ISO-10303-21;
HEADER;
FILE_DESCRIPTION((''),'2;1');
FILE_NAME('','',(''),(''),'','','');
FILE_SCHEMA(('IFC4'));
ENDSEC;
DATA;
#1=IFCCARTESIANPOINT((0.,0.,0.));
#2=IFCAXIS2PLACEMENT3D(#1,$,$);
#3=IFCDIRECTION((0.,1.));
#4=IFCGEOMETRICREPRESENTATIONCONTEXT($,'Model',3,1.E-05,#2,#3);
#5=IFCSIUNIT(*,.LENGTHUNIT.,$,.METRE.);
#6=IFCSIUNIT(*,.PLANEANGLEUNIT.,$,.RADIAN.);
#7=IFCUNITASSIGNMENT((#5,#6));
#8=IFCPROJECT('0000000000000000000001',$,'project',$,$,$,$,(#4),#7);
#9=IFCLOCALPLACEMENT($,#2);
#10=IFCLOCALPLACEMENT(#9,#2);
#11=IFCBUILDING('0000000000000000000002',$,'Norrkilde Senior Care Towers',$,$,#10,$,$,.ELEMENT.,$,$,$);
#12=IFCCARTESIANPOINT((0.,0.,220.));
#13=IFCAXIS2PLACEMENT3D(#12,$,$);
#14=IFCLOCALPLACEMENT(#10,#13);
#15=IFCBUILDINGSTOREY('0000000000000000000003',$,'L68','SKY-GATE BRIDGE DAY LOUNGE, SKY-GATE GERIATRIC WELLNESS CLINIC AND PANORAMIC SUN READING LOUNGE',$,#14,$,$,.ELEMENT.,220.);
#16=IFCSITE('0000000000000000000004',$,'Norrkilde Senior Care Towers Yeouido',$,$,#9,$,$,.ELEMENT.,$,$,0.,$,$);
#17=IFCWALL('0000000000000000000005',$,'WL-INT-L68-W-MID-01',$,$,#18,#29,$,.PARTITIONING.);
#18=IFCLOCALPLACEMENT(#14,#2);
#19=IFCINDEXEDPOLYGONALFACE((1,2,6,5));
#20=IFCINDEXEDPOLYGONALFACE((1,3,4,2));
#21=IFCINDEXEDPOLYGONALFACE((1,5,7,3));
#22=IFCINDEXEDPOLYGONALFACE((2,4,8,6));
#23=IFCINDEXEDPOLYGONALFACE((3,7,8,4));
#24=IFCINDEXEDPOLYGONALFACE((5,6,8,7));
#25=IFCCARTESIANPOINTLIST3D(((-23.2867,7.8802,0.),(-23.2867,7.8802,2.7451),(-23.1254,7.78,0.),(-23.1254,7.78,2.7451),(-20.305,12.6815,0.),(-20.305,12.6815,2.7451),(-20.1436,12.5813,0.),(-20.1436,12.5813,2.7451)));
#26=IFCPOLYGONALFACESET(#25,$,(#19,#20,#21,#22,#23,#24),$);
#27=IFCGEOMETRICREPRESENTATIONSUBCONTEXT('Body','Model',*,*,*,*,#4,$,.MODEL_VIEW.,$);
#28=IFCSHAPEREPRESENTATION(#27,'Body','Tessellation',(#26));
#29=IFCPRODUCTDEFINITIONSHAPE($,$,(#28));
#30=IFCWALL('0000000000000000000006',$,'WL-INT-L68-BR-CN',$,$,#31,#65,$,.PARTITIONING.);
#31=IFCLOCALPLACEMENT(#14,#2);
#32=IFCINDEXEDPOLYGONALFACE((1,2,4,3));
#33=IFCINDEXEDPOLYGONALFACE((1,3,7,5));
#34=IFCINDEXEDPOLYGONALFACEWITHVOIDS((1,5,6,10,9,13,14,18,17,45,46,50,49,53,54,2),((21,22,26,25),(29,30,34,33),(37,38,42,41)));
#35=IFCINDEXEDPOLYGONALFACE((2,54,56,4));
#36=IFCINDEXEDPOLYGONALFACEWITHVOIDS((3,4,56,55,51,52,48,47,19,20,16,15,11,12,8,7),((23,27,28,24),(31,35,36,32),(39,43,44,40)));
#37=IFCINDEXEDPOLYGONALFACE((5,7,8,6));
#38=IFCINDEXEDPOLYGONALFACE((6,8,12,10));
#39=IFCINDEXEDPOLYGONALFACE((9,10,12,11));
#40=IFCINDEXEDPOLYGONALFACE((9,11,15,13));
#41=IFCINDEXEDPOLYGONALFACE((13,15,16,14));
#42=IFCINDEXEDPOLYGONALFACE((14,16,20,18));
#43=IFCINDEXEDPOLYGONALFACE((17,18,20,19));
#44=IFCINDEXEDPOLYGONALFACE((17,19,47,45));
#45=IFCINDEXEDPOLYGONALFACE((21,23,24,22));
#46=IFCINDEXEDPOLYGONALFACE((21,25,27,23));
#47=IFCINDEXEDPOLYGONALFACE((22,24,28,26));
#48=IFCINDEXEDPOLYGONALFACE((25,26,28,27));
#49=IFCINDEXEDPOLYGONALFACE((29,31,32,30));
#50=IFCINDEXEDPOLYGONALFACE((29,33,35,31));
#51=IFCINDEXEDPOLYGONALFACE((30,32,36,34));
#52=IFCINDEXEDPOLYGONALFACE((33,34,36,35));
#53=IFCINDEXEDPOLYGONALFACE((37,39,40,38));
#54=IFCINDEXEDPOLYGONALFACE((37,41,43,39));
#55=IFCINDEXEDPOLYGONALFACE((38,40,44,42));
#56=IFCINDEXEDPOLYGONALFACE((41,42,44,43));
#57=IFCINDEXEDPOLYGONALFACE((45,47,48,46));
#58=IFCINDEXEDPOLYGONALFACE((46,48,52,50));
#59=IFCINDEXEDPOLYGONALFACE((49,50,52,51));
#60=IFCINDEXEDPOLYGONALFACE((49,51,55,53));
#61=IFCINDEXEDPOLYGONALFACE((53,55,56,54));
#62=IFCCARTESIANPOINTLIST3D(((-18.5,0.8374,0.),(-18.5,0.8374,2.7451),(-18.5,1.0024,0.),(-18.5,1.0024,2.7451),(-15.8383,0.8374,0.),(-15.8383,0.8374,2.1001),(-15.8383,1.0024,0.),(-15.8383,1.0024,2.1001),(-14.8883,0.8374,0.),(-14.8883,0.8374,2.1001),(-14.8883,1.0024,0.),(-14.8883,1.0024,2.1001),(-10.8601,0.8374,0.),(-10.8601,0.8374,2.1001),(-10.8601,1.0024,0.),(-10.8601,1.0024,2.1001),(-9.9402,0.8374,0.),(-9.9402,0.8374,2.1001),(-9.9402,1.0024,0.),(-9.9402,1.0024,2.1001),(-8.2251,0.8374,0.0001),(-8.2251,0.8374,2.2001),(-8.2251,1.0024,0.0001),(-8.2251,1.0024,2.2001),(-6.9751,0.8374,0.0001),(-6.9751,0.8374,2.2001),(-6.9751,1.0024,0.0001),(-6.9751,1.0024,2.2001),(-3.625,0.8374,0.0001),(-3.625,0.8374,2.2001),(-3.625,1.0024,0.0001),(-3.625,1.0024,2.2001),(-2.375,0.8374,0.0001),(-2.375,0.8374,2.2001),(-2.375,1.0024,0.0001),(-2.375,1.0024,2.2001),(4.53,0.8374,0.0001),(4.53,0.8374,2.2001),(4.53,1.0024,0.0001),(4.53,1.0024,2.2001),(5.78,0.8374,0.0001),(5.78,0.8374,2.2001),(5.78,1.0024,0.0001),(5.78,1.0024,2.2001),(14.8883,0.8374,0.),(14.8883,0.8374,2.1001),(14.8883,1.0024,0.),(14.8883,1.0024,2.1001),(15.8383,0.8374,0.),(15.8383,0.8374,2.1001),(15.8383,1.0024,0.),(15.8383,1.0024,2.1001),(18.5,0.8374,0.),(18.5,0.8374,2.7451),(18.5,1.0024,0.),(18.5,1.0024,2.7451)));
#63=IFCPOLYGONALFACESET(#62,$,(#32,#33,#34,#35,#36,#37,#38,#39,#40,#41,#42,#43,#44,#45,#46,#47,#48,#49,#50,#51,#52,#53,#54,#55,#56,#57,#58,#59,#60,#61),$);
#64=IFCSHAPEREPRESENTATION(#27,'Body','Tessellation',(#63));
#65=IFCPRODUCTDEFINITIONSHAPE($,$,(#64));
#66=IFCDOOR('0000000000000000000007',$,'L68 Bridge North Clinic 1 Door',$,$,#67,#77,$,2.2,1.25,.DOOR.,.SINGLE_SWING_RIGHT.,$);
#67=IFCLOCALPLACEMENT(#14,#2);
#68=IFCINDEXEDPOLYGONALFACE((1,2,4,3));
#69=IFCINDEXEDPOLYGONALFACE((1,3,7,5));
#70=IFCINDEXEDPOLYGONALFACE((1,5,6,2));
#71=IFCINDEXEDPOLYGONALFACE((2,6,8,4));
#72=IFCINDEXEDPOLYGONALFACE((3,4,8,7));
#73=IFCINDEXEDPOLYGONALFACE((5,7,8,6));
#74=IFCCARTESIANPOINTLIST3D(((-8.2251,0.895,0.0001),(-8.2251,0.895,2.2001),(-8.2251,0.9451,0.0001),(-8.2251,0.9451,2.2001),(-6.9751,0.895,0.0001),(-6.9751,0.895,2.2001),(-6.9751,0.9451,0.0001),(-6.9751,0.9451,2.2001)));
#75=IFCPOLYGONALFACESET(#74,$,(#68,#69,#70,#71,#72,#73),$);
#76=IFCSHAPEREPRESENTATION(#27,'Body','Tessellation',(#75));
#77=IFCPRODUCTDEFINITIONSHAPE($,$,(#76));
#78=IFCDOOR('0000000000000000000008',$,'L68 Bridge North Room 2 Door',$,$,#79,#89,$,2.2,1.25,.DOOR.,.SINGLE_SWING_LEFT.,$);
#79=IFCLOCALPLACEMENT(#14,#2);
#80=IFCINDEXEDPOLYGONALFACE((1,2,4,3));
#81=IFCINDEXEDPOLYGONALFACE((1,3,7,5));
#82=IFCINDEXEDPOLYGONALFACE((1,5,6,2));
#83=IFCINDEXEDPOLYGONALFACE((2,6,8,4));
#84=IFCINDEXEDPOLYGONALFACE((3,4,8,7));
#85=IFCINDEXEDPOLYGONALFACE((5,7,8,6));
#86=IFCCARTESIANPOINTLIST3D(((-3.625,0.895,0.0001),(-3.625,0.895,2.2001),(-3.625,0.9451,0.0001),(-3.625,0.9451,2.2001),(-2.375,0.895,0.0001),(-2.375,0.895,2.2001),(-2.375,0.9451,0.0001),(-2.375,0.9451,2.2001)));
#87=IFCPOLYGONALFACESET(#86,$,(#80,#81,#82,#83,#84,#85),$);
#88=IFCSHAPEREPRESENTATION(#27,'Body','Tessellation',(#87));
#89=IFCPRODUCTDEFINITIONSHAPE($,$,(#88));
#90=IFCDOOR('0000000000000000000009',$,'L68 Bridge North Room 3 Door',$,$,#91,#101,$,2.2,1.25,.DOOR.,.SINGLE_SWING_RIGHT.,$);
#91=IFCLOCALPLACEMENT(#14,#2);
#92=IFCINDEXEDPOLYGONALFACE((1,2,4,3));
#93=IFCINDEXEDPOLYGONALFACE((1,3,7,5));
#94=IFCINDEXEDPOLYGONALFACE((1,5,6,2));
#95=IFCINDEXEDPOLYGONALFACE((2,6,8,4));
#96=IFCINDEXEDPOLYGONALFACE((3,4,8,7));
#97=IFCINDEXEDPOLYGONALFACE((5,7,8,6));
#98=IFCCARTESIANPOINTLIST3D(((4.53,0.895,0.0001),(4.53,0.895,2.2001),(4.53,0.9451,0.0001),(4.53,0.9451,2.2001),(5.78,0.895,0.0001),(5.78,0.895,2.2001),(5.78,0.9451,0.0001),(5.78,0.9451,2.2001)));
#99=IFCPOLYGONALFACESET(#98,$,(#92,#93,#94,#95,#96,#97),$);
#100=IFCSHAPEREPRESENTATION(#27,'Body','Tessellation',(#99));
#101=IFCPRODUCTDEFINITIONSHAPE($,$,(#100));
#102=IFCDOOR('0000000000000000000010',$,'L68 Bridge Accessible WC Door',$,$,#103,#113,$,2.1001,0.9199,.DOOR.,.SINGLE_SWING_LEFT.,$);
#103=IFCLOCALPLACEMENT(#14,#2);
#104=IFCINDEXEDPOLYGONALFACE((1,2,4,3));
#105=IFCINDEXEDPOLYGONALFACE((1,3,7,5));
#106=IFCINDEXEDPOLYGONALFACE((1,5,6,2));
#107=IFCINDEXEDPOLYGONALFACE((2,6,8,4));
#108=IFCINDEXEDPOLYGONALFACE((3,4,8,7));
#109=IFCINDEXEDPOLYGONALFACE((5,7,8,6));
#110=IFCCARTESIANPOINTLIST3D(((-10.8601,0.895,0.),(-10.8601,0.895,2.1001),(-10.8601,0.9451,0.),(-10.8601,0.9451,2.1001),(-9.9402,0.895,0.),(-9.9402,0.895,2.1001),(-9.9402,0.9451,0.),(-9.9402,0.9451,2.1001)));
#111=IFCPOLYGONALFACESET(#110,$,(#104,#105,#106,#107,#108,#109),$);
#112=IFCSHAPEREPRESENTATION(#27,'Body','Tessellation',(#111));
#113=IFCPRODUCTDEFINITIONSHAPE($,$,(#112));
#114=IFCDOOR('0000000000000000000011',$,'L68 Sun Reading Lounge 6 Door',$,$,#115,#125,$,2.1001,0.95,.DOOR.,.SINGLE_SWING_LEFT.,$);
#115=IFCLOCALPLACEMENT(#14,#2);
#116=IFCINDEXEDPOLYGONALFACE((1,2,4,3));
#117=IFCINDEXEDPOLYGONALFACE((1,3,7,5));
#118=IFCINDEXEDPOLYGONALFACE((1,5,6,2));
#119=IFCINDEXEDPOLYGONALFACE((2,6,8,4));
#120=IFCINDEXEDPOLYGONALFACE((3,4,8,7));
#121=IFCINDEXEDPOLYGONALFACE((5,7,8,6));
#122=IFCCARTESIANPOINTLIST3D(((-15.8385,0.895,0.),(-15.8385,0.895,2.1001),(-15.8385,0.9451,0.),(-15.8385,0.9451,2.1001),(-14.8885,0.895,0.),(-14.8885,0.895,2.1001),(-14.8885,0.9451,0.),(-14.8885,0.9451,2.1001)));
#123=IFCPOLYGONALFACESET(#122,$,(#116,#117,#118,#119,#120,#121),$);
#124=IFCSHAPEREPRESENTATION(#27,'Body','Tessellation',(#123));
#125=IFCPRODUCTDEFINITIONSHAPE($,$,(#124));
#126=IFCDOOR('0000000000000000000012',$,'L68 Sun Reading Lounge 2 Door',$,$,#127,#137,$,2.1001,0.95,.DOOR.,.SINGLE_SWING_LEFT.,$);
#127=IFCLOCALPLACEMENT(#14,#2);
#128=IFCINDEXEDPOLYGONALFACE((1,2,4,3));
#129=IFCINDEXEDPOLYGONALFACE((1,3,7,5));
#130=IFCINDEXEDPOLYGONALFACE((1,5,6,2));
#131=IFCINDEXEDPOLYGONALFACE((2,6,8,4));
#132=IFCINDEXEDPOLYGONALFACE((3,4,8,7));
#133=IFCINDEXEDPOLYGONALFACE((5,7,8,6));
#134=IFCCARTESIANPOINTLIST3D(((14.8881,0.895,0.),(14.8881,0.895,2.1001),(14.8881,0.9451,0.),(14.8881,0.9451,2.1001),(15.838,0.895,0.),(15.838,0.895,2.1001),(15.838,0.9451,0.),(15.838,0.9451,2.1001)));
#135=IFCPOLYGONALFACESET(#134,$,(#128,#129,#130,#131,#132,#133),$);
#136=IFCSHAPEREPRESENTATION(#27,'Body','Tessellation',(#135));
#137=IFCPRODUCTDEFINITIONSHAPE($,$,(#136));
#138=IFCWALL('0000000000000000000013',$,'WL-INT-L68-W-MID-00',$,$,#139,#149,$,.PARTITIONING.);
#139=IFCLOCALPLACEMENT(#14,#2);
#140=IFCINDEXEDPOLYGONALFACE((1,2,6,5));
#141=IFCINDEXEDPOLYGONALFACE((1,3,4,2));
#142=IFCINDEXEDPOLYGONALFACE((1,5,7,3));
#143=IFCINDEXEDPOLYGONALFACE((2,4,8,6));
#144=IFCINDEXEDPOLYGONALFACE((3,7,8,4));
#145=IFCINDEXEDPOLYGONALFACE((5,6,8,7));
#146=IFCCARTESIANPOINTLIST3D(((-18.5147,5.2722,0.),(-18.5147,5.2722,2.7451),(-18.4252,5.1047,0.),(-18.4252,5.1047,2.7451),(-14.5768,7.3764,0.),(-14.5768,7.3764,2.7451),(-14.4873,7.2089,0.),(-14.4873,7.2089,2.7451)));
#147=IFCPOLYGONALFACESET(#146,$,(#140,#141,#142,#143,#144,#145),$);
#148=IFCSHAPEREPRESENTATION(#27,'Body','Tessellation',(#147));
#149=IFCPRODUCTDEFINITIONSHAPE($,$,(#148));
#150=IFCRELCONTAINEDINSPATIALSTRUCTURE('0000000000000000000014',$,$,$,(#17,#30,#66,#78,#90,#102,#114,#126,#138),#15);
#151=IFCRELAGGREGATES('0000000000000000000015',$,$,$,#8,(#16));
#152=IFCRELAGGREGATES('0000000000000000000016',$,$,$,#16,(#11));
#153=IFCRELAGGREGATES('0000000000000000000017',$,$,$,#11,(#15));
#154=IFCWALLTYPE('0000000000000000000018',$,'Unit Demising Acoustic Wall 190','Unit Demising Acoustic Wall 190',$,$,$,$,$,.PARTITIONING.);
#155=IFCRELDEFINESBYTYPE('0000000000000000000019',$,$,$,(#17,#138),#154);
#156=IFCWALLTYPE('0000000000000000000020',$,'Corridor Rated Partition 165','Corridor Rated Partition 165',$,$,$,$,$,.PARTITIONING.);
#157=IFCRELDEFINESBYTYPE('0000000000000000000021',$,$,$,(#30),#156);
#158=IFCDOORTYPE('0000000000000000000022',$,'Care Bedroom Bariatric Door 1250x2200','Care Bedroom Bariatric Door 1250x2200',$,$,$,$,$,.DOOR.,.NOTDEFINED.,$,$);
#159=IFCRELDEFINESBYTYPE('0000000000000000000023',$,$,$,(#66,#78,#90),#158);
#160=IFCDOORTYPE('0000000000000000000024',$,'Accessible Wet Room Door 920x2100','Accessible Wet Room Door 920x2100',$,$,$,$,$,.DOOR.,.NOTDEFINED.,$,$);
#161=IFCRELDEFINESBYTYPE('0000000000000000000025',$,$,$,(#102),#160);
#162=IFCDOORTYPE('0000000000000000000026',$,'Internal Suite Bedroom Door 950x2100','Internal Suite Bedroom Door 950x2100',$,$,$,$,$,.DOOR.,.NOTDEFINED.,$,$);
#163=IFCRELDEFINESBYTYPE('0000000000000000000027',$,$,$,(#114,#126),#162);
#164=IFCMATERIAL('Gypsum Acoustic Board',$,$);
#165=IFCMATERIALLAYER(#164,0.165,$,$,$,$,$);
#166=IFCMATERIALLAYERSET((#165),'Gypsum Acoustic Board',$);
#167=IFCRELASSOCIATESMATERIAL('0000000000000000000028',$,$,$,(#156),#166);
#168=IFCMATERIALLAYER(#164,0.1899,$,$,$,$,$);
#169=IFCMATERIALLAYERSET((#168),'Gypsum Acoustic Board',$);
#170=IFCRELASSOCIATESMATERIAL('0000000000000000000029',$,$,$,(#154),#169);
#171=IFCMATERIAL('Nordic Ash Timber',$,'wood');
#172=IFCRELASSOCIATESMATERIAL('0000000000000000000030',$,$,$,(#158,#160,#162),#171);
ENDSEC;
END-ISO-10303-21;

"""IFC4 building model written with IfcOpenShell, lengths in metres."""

from ifc_helpers import new_model, si_unit, direction, frame, frame_2d, origin, place, context, subcontext, project, spatial, rectangle, extrude, source, transform, mapped, material, layer, layer_set, type_object, type_shapes, element, fill, save


model = new_model("IFC4")

# Units and contexts
model_context = context("Model", 3, precision=1e-05, world=origin(), true_north=direction((0.0, 1.0)))
body_context = subcontext(model_context, "Body", "Model", "MODEL_VIEW")
ifc_project = project(units=[si_unit("LENGTHUNIT", "METRE"), si_unit("PLANEANGLEUNIT", "RADIAN")], contexts=[model_context])

# Site, building, storey
site_placement = place(None, origin())
site = spatial("IfcSite", under=ifc_project, at=site_placement, Name="Norrkilde Senior Care Towers Yeouido", CompositionType="ELEMENT", RefElevation=0.0)
building_placement = place(site_placement, origin())
building = spatial("IfcBuilding", under=site, at=building_placement, Name="Norrkilde Senior Care Towers", CompositionType="ELEMENT")
storey_placement = place(building_placement, frame((0.0, 0.0, 220.0)))
storey = spatial("IfcBuildingStorey", under=building, at=storey_placement, Name="L68", Description="SKY-GATE BRIDGE DAY LOUNGE, SKY-GATE GERIATRIC WELLNESS CLINIC AND PANORAMIC SUN READING LOUNGE", CompositionType="ELEMENT", Elevation=220.0)

# Shared definitions
ifc_material_1 = material(Name="Gypsum Acoustic Board")
ifc_layer_1 = layer(ifc_material_1, 0.165)
ifc_layer_set_1 = layer_set([ifc_layer_1], Name="Gypsum Acoustic Board")
wall_type_1 = type_object("IfcWallType", Name="Corridor Rated Partition 165", Description="Corridor Rated Partition 165", PredefinedType="PARTITIONING", material=ifc_layer_set_1)
ifc_material_2 = material(Name="Nordic Ash Timber", Category="wood")

# Wall
ifc_layer_2 = layer(ifc_material_1, 0.1899)
ifc_layer_set_2 = layer_set([ifc_layer_2], Name="Gypsum Acoustic Board")
wall_type_2 = type_object("IfcWallType", Name="Unit Demising Acoustic Wall 190", Description="Unit Demising Acoustic Wall 190", PredefinedType="PARTITIONING", material=ifc_layer_set_2)
shared_shape_1 = source(origin(), body_context, "Body", "SweptSolid", [
    extrude(rectangle(XDim=5.6519, YDim=0.1899, at=frame_2d((2.8259, 0.0))), origin(), (0.0, 0.0, 1.0), 2.7451),
])
wall_1_placement = place(storey_placement, frame((-23.2061, 7.8301, 0.0), z_axis=(0.0, 0.0, 1.0), x_axis=(0.527566, 0.849514, 0.0)))
element("IfcWall", 1, at=wall_1_placement, inside=storey, type_object=wall_type_2, Name="WL-INT-L68-W-MID-01", PredefinedType="PARTITIONING", context=body_context, shape_type="MappedRepresentation", body=[
    mapped(shared_shape_1, transform((0.0, 0.0, 0.0), x_axis=(1.0, 0.0, 0.0), y_axis=(0.0, 1.0, 0.0), z_axis=(0.0, 0.0, 1.0), scale=1.0)),
])

# Wall, openings, doors
shared_shape_2 = source(origin(), body_context, "Body", "SweptSolid", [
    extrude(rectangle(XDim=37.0, YDim=0.165, at=frame_2d((18.5, 0.0))), origin(), (0.0, 0.0, 1.0), 2.7451),
])
wall_2_placement = place(storey_placement, frame((-18.5, 0.9199, 0.0), z_axis=(0.0, 0.0, 1.0), x_axis=(1.0, 0.0, 0.0)))
wall_2 = element("IfcWall", 2, at=wall_2_placement, inside=storey, type_object=wall_type_1, Name="WL-INT-L68-BR-CN", PredefinedType="PARTITIONING", context=body_context, shape_type="MappedRepresentation", body=[
    mapped(shared_shape_2, transform((0.0, 0.0, 0.0), x_axis=(1.0, 0.0, 0.0), y_axis=(0.0, 1.0, 0.0), z_axis=(0.0, 0.0, 1.0), scale=1.0)),
])
opening_1_placement = place(wall_2_placement, frame((2.6616, 0.0, 0.0)))
opening_1 = element("IfcOpeningElement", 3, at=opening_1_placement, cuts=wall_2, PredefinedType="OPENING", context=body_context, shape_type="SweptSolid", body=[
    extrude(rectangle(XDim=0.95, YDim=2.1001, at=frame_2d((0.4751, 1.05))), frame((0.0, 0.0925, 0.0), z_axis=(0.0, -1.0, 0.0), x_axis=(1.0, 0.0, 0.0)), (0.0, 0.0, 1.0), 0.1851),
])
opening_2_placement = place(wall_2_placement, frame((33.3882, 0.0, 0.0)))
opening_2 = element("IfcOpeningElement", 4, at=opening_2_placement, cuts=wall_2, PredefinedType="OPENING", context=body_context, shape_type="SweptSolid", body=[
    extrude(rectangle(XDim=0.95, YDim=2.1001, at=frame_2d((0.4751, 1.05))), frame((0.0, 0.0925, 0.0), z_axis=(0.0, -1.0, 0.0), x_axis=(1.0, 0.0, 0.0)), (0.0, 0.0, 1.0), 0.1851),
])
opening_3_placement = place(wall_2_placement, frame((7.6399, 0.0, 0.0)))
opening_3 = element("IfcOpeningElement", 5, at=opening_3_placement, cuts=wall_2, PredefinedType="OPENING", context=body_context, shape_type="SweptSolid", body=[
    extrude(rectangle(XDim=0.9199, YDim=2.1001, at=frame_2d((0.46, 1.05))), frame((0.0, 0.0925, 0.0), z_axis=(0.0, -1.0, 0.0), x_axis=(1.0, 0.0, 0.0)), (0.0, 0.0, 1.0), 0.1851),
])
opening_4_placement = place(wall_2_placement, frame((10.2749, 0.0, 0.0)))
opening_4 = element("IfcOpeningElement", 6, at=opening_4_placement, cuts=wall_2, PredefinedType="OPENING", context=body_context, shape_type="SweptSolid", body=[
    extrude(rectangle(XDim=1.25, YDim=2.2, at=frame_2d((0.625, 1.1001))), frame((0.0, 0.0925, 0.0), z_axis=(0.0, -1.0, 0.0), x_axis=(1.0, 0.0, 0.0)), (0.0, 0.0, 1.0), 0.1851),
])
opening_5_placement = place(wall_2_placement, frame((14.875, 0.0, 0.0)))
opening_5 = element("IfcOpeningElement", 7, at=opening_5_placement, cuts=wall_2, PredefinedType="OPENING", context=body_context, shape_type="SweptSolid", body=[
    extrude(rectangle(XDim=1.25, YDim=2.2, at=frame_2d((0.625, 1.1001))), frame((0.0, 0.0925, 0.0), z_axis=(0.0, -1.0, 0.0), x_axis=(1.0, 0.0, 0.0)), (0.0, 0.0, 1.0), 0.1851),
])
opening_6_placement = place(wall_2_placement, frame((23.03, 0.0, 0.0)))
opening_6 = element("IfcOpeningElement", 8, at=opening_6_placement, cuts=wall_2, PredefinedType="OPENING", context=body_context, shape_type="SweptSolid", body=[
    extrude(rectangle(XDim=1.25, YDim=2.2, at=frame_2d((0.625, 1.1001))), frame((0.0, 0.0925, 0.0), z_axis=(0.0, -1.0, 0.0), x_axis=(1.0, 0.0, 0.0)), (0.0, 0.0, 1.0), 0.1851),
])
door_type_1 = type_object("IfcDoorType", Name="Care Bedroom Bariatric Door 1250x2200", Description="Care Bedroom Bariatric Door 1250x2200", OperationType="NOTDEFINED", PredefinedType="DOOR", material=ifc_material_2)
shared_shape_3 = source(origin(), body_context, "Body", "SweptSolid", [
    extrude(rectangle(XDim=1.25, YDim=2.2, at=frame_2d((0.625, 1.1001))), frame((0.0, 0.0249, 0.0), z_axis=(0.0, -1.0, 0.0), x_axis=(1.0, 0.0, 0.0)), (0.0, 0.0, 1.0), 0.05),
])
type_shapes(door_type_1, [shared_shape_3])
door_1_placement = place(opening_4_placement, frame((1.25, 0.0, 0.0), z_axis=(0.0, 0.0, 1.0), x_axis=(-1.0, 0.0, 0.0)))
door_1 = element("IfcDoor", 9, at=door_1_placement, inside=storey, type_object=door_type_1, Name="L68 Bridge North Clinic 1 Door", OperationType="SINGLE_SWING_RIGHT", OverallHeight=2.2, OverallWidth=1.25, PredefinedType="DOOR", context=body_context, shape_type="MappedRepresentation", body=[
    mapped(shared_shape_3, transform((0.0, 0.0, 0.0), x_axis=(1.0, 0.0, 0.0), y_axis=(0.0, 1.0, 0.0), z_axis=(0.0, 0.0, 1.0), scale=1.0)),
])
fill(opening_4, door_1)
door_2_placement = place(opening_5_placement, frame((1.25, 0.0, 0.0), z_axis=(0.0, 0.0, 1.0), x_axis=(-1.0, 0.0, 0.0)))
door_2 = element("IfcDoor", 10, at=door_2_placement, inside=storey, type_object=door_type_1, Name="L68 Bridge North Room 2 Door", OperationType="SINGLE_SWING_LEFT", OverallHeight=2.2, OverallWidth=1.25, PredefinedType="DOOR", context=body_context, shape_type="MappedRepresentation", body=[
    mapped(shared_shape_3, transform((0.0, 0.0, 0.0), x_axis=(1.0, 0.0, 0.0), y_axis=(0.0, 1.0, 0.0), z_axis=(0.0, 0.0, 1.0), scale=1.0)),
])
fill(opening_5, door_2)
door_3_placement = place(opening_6_placement, frame((1.25, 0.0, 0.0), z_axis=(0.0, 0.0, 1.0), x_axis=(-1.0, 0.0, 0.0)))
door_3 = element("IfcDoor", 11, at=door_3_placement, inside=storey, type_object=door_type_1, Name="L68 Bridge North Room 3 Door", OperationType="SINGLE_SWING_RIGHT", OverallHeight=2.2, OverallWidth=1.25, PredefinedType="DOOR", context=body_context, shape_type="MappedRepresentation", body=[
    mapped(shared_shape_3, transform((0.0, 0.0, 0.0), x_axis=(1.0, 0.0, 0.0), y_axis=(0.0, 1.0, 0.0), z_axis=(0.0, 0.0, 1.0), scale=1.0)),
])
fill(opening_6, door_3)
door_type_2 = type_object("IfcDoorType", Name="Accessible Wet Room Door 920x2100", Description="Accessible Wet Room Door 920x2100", OperationType="NOTDEFINED", PredefinedType="DOOR", material=ifc_material_2)
shared_shape_4 = source(origin(), body_context, "Body", "SweptSolid", [
    extrude(rectangle(XDim=0.9199, YDim=2.1001, at=frame_2d((0.46, 1.05))), frame((0.0, 0.0249, 0.0), z_axis=(0.0, -1.0, 0.0), x_axis=(1.0, 0.0, 0.0)), (0.0, 0.0, 1.0), 0.05),
])
type_shapes(door_type_2, [shared_shape_4])
door_4_placement = place(opening_3_placement, frame((0.9199, 0.0, 0.0), z_axis=(0.0, 0.0, 1.0), x_axis=(-1.0, 0.0, 0.0)))
door_4 = element("IfcDoor", 12, at=door_4_placement, inside=storey, type_object=door_type_2, Name="L68 Bridge Accessible WC Door", OperationType="SINGLE_SWING_LEFT", OverallHeight=2.1001, OverallWidth=0.9199, PredefinedType="DOOR", context=body_context, shape_type="MappedRepresentation", body=[
    mapped(shared_shape_4, transform((0.0, 0.0, 0.0), x_axis=(1.0, 0.0, 0.0), y_axis=(0.0, 1.0, 0.0), z_axis=(0.0, 0.0, 1.0), scale=1.0)),
])
fill(opening_3, door_4)
door_type_3 = type_object("IfcDoorType", Name="Internal Suite Bedroom Door 950x2100", Description="Internal Suite Bedroom Door 950x2100", OperationType="NOTDEFINED", PredefinedType="DOOR", material=ifc_material_2)
shared_shape_5 = source(origin(), body_context, "Body", "SweptSolid", [
    extrude(rectangle(XDim=0.95, YDim=2.1001, at=frame_2d((0.4751, 1.05))), frame((0.0, 0.0249, 0.0), z_axis=(0.0, -1.0, 0.0), x_axis=(1.0, 0.0, 0.0)), (0.0, 0.0, 1.0), 0.05),
])
type_shapes(door_type_3, [shared_shape_5])
door_5_placement = place(opening_1_placement, frame((0.95, 0.0, 0.0), z_axis=(0.0, 0.0, 1.0), x_axis=(-1.0, 0.0, 0.0)))
door_5 = element("IfcDoor", 13, at=door_5_placement, inside=storey, type_object=door_type_3, Name="L68 Sun Reading Lounge 6 Door", OperationType="SINGLE_SWING_LEFT", OverallHeight=2.1001, OverallWidth=0.95, PredefinedType="DOOR", context=body_context, shape_type="MappedRepresentation", body=[
    mapped(shared_shape_5, transform((0.0, 0.0, 0.0), x_axis=(1.0, 0.0, 0.0), y_axis=(0.0, 1.0, 0.0), z_axis=(0.0, 0.0, 1.0), scale=1.0)),
])
fill(opening_1, door_5)
door_6_placement = place(opening_2_placement, frame((0.95, 0.0, 0.0), z_axis=(0.0, 0.0, 1.0), x_axis=(-1.0, 0.0, 0.0)))
door_6 = element("IfcDoor", 14, at=door_6_placement, inside=storey, type_object=door_type_3, Name="L68 Sun Reading Lounge 2 Door", OperationType="SINGLE_SWING_LEFT", OverallHeight=2.1001, OverallWidth=0.95, PredefinedType="DOOR", context=body_context, shape_type="MappedRepresentation", body=[
    mapped(shared_shape_5, transform((0.0, 0.0, 0.0), x_axis=(1.0, 0.0, 0.0), y_axis=(0.0, 1.0, 0.0), z_axis=(0.0, 0.0, 1.0), scale=1.0)),
])
fill(opening_2, door_6)

# Wall
shared_shape_6 = source(origin(), body_context, "Body", "SweptSolid", [
    extrude(rectangle(XDim=4.4648, YDim=0.1899, at=frame_2d((2.2324, 0.0))), origin(), (0.0, 0.0, 1.0), 2.7451),
])
wall_3_placement = place(storey_placement, frame((-18.47, 5.1885, 0.0), z_axis=(0.0, 0.0, 1.0), x_axis=(0.881982, 0.471283, 0.0)))
element("IfcWall", 15, at=wall_3_placement, inside=storey, type_object=wall_type_2, Name="WL-INT-L68-W-MID-00", PredefinedType="PARTITIONING", context=body_context, shape_type="MappedRepresentation", body=[
    mapped(shared_shape_6, transform((0.0, 0.0, 0.0), x_axis=(1.0, 0.0, 0.0), y_axis=(0.0, 1.0, 0.0), z_axis=(0.0, 0.0, 1.0), scale=1.0)),
])

save(model, "model.ifc")
